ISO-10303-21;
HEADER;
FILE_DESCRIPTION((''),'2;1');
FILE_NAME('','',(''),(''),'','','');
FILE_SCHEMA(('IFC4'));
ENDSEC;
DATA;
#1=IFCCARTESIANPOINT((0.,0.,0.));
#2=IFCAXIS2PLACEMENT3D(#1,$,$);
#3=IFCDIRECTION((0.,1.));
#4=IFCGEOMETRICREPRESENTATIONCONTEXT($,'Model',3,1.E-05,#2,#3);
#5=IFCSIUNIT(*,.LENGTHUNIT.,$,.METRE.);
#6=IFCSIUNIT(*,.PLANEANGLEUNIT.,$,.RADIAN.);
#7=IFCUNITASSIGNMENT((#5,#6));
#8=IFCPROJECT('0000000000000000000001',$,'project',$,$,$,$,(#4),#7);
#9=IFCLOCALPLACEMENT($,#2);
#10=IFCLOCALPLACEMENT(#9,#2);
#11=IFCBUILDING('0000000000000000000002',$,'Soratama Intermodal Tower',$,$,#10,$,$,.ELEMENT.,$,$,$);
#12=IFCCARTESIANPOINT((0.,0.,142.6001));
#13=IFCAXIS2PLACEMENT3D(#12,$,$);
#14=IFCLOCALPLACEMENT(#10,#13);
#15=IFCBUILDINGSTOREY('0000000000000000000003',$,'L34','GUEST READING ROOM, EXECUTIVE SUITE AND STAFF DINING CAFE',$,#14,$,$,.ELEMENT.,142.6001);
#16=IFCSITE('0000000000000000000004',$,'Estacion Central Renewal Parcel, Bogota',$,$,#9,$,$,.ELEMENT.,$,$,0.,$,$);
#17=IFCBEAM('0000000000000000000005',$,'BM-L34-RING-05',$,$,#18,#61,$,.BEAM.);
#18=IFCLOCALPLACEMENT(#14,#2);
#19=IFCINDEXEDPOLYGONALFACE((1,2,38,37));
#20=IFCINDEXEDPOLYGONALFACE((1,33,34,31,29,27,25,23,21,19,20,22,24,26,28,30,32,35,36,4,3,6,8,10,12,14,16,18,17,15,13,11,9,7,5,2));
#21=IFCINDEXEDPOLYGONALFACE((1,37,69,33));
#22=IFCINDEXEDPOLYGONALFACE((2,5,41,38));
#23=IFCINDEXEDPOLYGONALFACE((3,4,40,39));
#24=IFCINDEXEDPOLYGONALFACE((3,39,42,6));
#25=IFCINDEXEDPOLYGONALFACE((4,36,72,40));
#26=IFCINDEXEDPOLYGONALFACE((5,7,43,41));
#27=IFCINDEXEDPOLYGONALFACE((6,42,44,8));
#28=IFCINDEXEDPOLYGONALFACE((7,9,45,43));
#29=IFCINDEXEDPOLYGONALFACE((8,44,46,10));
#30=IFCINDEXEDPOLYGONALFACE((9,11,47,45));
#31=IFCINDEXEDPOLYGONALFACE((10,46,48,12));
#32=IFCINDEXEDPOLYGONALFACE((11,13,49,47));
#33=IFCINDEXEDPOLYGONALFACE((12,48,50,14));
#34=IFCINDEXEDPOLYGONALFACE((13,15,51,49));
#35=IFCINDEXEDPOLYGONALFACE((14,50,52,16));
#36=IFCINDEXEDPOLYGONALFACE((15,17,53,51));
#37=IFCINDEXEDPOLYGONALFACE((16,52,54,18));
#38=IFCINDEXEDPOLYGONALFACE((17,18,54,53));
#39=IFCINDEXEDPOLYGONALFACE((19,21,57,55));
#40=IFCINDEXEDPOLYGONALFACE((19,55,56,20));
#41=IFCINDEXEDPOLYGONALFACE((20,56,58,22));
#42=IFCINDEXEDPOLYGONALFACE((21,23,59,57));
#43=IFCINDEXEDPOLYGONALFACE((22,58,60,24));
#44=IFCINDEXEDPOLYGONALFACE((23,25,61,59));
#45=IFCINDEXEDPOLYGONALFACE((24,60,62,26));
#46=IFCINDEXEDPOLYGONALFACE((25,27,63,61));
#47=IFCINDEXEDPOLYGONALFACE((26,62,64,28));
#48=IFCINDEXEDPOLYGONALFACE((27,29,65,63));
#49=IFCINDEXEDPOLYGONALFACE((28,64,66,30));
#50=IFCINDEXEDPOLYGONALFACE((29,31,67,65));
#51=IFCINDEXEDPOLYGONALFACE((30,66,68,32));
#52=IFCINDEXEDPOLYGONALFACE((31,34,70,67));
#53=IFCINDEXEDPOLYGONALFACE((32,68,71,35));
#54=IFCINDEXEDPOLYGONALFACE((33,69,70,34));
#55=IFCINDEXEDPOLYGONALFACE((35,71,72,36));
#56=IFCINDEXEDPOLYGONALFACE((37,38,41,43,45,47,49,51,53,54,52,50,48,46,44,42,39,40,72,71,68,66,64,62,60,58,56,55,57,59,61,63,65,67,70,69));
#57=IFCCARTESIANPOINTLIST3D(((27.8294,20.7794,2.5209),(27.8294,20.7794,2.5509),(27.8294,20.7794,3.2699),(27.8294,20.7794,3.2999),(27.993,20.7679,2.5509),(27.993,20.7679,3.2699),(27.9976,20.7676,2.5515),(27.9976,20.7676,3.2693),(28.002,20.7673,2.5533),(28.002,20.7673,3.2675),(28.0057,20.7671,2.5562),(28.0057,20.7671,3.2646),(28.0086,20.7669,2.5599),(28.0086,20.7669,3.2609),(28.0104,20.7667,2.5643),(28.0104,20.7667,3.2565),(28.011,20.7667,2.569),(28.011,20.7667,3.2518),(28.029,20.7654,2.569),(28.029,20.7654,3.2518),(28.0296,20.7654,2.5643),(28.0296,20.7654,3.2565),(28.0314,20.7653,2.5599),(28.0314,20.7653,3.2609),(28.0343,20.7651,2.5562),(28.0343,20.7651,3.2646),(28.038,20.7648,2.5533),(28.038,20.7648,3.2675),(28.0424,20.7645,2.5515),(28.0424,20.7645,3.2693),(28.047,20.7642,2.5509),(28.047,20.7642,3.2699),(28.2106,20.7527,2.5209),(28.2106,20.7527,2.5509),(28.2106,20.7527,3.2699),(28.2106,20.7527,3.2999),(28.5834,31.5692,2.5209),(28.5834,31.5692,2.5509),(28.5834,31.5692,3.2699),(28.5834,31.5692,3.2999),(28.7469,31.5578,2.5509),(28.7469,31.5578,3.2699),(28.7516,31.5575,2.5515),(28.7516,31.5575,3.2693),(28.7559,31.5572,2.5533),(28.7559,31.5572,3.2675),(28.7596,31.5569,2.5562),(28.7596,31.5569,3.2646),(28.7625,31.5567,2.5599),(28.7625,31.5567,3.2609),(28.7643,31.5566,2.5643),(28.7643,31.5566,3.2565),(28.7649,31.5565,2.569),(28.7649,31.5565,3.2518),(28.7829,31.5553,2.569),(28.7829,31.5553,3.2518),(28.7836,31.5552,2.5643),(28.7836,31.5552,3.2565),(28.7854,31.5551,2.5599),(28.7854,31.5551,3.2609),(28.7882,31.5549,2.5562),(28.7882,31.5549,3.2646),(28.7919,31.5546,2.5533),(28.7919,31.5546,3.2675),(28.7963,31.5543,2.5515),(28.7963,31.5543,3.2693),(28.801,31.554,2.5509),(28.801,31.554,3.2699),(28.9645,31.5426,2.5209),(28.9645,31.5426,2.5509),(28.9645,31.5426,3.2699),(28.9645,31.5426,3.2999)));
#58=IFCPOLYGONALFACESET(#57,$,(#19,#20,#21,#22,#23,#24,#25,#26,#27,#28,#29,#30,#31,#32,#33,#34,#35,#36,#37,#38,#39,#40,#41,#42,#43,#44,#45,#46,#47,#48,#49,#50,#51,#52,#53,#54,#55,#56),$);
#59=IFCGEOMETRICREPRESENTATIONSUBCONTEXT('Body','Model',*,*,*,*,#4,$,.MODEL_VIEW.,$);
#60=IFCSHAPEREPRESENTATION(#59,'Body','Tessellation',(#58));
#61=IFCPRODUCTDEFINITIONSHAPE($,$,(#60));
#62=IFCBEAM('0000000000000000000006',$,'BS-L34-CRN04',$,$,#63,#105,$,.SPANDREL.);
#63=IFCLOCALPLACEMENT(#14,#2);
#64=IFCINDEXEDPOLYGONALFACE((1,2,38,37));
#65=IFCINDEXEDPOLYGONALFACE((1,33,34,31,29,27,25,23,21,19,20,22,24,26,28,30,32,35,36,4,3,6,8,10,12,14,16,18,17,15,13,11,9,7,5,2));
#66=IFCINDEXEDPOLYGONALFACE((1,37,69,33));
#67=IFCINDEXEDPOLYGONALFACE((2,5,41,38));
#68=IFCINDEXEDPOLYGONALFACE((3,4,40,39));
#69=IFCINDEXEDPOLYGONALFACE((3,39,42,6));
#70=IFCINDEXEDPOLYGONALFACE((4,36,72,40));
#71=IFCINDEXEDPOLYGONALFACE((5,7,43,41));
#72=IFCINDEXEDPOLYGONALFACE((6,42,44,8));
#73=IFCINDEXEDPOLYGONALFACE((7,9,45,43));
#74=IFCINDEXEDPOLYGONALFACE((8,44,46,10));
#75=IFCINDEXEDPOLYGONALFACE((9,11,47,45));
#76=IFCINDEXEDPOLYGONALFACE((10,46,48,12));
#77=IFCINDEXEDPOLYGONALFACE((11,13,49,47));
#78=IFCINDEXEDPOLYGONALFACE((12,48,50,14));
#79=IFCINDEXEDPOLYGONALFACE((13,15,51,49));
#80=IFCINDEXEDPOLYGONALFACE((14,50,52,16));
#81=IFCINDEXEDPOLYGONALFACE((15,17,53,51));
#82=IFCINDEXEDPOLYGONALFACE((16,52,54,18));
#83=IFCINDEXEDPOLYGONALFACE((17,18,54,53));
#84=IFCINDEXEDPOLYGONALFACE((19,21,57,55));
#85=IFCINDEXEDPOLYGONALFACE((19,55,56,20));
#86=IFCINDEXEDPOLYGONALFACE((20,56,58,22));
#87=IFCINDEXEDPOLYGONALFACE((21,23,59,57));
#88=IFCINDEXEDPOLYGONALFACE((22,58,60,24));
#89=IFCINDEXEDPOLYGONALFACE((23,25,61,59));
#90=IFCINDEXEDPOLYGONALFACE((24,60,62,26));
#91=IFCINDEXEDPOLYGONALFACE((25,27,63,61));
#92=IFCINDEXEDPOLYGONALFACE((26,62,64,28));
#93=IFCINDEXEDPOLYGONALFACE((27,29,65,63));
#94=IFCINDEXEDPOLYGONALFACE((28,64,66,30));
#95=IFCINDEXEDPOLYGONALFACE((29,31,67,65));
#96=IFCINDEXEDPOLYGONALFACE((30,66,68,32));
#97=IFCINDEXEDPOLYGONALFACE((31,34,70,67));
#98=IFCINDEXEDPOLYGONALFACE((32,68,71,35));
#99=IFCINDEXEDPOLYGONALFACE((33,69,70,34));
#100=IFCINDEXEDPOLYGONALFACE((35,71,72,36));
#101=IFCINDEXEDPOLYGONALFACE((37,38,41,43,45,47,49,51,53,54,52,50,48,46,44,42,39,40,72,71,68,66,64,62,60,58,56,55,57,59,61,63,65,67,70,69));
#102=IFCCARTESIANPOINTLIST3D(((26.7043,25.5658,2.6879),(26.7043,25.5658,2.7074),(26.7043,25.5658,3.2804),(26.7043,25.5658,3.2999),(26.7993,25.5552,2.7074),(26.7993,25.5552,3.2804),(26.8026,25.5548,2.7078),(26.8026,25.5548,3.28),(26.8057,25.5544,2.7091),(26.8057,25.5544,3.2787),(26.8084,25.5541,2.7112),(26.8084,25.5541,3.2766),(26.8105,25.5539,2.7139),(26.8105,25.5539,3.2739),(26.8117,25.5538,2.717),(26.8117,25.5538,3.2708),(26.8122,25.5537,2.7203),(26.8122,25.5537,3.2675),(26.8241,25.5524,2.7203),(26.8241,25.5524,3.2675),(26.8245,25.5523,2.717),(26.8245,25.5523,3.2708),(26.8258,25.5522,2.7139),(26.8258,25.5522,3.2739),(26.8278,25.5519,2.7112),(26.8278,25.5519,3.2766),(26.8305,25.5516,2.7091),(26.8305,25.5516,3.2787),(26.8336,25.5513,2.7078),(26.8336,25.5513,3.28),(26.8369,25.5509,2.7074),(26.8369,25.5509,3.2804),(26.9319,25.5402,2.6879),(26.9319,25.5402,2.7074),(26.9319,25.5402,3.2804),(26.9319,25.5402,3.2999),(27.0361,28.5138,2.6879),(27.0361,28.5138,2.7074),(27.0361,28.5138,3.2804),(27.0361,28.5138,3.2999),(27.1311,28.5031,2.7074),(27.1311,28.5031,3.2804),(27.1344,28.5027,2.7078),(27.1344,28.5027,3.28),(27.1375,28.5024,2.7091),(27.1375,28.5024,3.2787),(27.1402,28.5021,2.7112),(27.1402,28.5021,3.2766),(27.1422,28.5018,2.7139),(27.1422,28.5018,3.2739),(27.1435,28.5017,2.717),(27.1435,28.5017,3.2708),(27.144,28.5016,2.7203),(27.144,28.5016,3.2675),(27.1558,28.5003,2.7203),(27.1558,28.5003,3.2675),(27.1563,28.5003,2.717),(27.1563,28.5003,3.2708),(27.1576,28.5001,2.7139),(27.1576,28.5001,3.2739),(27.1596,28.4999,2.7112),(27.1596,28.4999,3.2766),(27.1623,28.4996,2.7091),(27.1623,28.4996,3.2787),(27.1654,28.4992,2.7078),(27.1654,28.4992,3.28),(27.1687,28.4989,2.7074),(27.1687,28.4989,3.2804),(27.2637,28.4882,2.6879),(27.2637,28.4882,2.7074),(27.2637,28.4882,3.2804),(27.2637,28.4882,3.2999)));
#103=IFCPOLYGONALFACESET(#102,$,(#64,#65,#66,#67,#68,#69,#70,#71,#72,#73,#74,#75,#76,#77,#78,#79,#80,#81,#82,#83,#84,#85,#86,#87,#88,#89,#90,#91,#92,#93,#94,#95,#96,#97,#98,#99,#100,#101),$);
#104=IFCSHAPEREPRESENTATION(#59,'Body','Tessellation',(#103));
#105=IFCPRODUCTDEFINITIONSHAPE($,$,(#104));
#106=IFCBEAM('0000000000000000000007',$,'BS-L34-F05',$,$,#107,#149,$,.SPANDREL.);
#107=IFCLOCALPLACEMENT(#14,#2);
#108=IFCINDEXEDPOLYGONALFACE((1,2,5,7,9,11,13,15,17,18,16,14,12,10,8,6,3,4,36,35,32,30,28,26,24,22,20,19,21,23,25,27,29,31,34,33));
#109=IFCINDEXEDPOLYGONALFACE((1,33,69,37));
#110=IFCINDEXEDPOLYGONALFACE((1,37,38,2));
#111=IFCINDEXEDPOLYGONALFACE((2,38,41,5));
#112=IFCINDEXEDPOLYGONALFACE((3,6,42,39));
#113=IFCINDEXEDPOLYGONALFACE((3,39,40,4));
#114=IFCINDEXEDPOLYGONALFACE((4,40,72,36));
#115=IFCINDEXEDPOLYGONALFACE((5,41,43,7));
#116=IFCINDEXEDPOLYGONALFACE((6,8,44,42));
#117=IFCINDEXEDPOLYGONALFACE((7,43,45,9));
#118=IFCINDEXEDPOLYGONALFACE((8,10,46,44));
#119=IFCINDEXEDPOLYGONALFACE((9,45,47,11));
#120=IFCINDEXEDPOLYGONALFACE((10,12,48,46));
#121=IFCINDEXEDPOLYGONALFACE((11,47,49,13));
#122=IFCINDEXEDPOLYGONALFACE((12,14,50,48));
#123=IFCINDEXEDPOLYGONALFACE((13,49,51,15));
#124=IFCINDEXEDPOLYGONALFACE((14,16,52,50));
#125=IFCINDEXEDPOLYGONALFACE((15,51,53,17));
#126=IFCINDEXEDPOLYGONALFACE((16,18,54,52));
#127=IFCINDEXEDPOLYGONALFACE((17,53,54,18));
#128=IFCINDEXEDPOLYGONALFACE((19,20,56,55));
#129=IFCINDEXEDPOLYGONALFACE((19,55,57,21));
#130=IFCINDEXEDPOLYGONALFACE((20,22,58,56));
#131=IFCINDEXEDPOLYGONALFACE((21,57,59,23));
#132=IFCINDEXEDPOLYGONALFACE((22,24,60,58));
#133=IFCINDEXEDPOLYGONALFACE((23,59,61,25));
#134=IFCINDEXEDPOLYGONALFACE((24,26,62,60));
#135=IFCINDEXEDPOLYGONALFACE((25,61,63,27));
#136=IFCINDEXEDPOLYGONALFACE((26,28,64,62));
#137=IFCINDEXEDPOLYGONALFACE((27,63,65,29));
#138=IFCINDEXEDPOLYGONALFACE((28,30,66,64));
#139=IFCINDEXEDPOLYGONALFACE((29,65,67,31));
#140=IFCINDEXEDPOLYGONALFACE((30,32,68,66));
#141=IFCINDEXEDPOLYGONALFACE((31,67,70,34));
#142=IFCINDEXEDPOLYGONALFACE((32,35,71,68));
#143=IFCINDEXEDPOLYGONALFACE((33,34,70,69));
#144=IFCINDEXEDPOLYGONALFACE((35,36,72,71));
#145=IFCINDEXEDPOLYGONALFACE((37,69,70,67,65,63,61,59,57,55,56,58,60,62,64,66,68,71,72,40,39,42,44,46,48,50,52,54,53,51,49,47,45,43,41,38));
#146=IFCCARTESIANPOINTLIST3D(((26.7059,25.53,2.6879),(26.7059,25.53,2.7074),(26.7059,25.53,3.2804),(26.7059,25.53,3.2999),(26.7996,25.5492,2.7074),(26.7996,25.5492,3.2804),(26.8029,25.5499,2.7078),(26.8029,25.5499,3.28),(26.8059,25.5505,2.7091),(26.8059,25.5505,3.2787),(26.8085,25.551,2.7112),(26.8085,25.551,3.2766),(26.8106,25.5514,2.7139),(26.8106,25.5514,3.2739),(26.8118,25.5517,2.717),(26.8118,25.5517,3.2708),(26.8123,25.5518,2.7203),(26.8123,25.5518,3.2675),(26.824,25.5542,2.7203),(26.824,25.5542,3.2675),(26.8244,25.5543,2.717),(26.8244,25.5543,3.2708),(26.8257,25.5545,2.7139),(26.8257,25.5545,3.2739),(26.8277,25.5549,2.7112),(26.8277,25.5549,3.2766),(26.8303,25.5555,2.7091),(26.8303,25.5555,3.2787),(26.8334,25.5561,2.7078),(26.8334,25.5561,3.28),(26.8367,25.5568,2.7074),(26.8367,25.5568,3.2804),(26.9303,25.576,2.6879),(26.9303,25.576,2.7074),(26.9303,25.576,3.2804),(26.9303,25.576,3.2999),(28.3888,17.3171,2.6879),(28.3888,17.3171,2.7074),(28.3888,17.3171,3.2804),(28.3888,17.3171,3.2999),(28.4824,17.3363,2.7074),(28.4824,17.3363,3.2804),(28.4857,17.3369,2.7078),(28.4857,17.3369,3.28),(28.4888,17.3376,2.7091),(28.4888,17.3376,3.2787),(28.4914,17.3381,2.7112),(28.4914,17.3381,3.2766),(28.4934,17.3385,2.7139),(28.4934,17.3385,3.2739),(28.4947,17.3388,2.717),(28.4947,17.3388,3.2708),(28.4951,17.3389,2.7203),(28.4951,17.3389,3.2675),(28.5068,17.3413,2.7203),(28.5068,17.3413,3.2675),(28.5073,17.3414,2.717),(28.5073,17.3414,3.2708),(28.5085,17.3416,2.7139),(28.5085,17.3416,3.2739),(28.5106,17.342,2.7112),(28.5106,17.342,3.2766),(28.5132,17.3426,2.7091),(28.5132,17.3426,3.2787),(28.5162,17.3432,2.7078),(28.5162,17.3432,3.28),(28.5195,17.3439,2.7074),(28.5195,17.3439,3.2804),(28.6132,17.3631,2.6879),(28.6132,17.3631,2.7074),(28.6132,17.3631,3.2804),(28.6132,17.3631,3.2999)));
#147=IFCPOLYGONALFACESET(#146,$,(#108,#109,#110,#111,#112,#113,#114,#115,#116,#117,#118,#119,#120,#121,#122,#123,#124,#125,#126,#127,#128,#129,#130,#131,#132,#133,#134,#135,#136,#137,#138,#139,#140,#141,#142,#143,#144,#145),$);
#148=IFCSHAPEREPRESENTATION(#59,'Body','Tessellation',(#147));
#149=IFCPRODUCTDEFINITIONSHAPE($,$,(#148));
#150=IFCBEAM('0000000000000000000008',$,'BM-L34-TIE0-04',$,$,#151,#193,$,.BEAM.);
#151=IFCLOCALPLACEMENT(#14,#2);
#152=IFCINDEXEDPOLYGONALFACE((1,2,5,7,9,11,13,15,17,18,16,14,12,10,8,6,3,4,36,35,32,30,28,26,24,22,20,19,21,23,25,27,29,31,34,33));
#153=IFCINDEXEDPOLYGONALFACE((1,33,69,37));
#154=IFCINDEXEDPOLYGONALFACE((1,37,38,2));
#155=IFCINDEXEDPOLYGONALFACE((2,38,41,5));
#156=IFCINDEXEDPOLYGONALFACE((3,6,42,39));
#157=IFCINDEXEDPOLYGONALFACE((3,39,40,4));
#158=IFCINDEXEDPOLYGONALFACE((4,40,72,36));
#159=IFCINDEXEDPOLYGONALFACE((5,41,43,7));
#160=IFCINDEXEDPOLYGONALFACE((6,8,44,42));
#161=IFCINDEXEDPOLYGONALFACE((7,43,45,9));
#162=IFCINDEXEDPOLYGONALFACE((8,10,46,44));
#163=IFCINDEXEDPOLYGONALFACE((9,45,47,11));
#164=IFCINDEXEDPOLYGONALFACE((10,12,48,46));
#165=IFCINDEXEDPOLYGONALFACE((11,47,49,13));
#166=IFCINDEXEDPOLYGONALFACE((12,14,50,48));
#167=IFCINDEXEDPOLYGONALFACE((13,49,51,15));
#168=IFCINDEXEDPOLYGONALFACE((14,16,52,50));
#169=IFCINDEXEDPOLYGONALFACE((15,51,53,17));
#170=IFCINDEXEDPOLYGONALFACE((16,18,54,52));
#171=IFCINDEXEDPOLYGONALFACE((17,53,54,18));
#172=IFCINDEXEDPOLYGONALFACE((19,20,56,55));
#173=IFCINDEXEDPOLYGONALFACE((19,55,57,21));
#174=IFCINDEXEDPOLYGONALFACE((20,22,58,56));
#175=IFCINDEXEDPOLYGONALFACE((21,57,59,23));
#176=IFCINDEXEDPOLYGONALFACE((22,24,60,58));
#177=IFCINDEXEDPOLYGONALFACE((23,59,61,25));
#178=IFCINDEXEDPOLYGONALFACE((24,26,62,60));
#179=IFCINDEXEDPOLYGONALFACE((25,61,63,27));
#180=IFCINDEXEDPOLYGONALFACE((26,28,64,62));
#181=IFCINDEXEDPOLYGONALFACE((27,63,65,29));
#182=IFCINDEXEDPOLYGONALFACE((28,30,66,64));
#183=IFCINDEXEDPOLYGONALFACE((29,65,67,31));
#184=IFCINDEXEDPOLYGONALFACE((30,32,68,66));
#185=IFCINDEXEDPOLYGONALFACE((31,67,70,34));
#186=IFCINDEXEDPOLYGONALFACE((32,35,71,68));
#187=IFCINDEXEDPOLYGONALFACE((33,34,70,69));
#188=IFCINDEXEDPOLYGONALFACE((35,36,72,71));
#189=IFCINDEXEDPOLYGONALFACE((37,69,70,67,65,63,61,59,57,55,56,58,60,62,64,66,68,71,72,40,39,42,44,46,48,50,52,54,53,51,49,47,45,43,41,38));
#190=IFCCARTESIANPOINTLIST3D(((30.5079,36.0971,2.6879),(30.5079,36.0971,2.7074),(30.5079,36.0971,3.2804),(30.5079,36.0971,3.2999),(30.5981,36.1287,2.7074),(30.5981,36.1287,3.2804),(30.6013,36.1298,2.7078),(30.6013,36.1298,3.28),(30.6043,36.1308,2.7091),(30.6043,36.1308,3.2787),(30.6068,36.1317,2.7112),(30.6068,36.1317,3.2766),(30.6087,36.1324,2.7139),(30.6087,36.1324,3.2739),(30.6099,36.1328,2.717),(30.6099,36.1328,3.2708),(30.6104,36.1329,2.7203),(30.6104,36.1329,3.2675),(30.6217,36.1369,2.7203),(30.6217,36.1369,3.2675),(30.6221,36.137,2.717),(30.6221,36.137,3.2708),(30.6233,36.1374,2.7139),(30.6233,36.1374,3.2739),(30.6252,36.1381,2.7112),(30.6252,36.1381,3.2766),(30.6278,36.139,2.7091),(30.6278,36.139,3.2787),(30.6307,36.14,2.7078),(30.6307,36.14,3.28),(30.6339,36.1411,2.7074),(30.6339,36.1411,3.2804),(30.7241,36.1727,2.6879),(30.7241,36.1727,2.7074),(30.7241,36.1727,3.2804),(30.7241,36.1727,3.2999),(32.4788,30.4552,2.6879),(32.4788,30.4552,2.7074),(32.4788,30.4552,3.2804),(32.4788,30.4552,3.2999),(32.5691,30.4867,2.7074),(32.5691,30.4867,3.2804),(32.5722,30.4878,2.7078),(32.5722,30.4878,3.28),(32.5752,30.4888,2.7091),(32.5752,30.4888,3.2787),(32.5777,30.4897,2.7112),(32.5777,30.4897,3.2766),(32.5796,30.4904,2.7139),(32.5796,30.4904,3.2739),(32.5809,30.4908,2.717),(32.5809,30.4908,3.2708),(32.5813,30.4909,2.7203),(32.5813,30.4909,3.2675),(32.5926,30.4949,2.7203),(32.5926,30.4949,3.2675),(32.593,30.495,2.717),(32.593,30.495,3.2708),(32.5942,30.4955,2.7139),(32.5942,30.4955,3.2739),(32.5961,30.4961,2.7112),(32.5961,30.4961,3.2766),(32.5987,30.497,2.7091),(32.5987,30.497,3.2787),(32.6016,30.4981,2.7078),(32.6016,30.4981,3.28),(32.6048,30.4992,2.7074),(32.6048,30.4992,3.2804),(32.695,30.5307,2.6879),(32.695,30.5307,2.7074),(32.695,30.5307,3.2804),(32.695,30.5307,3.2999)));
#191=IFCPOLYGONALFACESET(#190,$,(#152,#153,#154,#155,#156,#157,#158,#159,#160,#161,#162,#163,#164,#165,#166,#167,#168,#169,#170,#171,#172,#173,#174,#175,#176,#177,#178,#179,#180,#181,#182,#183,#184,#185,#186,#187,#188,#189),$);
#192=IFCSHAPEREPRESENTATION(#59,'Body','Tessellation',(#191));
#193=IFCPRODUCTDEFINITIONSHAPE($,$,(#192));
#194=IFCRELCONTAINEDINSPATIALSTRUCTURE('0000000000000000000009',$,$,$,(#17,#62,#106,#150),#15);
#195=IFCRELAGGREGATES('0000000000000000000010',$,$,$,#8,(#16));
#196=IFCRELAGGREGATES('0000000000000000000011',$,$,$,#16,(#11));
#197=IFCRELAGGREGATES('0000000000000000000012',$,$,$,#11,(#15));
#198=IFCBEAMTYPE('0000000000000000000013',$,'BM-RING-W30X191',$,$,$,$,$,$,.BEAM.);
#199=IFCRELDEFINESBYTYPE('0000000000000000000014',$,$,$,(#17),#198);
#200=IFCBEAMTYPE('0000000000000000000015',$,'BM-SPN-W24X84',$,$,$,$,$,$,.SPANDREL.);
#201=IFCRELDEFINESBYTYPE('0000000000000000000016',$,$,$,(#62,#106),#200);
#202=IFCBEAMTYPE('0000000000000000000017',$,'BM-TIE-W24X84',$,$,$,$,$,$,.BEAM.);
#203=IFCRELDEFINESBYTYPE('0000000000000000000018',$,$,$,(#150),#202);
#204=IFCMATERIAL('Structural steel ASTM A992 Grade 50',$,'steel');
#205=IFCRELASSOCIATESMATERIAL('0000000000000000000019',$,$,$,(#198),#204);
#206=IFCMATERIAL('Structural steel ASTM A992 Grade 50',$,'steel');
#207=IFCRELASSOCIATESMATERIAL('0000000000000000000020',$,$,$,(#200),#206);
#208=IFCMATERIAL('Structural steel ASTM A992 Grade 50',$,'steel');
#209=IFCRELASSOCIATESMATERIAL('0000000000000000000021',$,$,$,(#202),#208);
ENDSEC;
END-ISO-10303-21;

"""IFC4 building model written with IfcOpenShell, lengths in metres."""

from ifc_helpers import new_model, si_unit, direction, frame, origin, origin_2d, place, context, subcontext, project, spatial, i_section, extrude, material, material_profile, profile_set, type_object, element, save


model = new_model("IFC4")

# Units and contexts
model_context = context("Model", 3, precision=1e-05, world=origin(), true_north=direction((0.0, 1.0)))
body_context = subcontext(model_context, "Body", "Model", "MODEL_VIEW")
ifc_project = project(units=[si_unit("LENGTHUNIT", "METRE"), si_unit("PLANEANGLEUNIT", "RADIAN")], contexts=[model_context])

# Site, building, storey
site_placement = place(None, origin())
site = spatial("IfcSite", under=ifc_project, at=site_placement, Name="Estacion Central Renewal Parcel, Bogota", CompositionType="ELEMENT", RefElevation=0.0)
building_placement = place(site_placement, origin())
building = spatial("IfcBuilding", under=site, at=building_placement, Name="Soratama Intermodal Tower", CompositionType="ELEMENT")
storey_placement = place(building_placement, frame((0.0, 0.0, 142.6001)))
storey = spatial("IfcBuildingStorey", under=building, at=storey_placement, Name="L34", Description="GUEST READING ROOM, EXECUTIVE SUITE AND STAFF DINING CAFE", CompositionType="ELEMENT", Elevation=142.6001)

# Beams
ifc_material_1 = material(Name="Structural steel ASTM A992 Grade 50", Category="steel")
ifc_material_profile_1 = material_profile(ifc_material_1, i_section(OverallWidth=0.3821, OverallDepth=0.7791, WebThickness=0.0181, FlangeThickness=0.03, FilletRadius=0.0181, at=origin_2d()), Name="W30X191")
ifc_profile_set_1 = profile_set([ifc_material_profile_1], Name="Structural steel ASTM A992 Grade 50")
beam_type_1 = type_object("IfcBeamType", Name="BM-RING-W30X191", PredefinedType="BEAM", material=ifc_profile_set_1)
beam_1_placement = place(storey_placement, frame((28.7739, 31.5559, 2.9104), z_axis=(-0.069702, -0.997568, 0.0), x_axis=(0.997568, -0.069702, 0.0)))
element("IfcBeam", 1, at=beam_1_placement, inside=storey, type_object=beam_type_1, Name="BM-L34-RING-05", PredefinedType="BEAM", context=body_context, shape_type="SweptSolid", body=[
    extrude(i_section(OverallWidth=0.3821, OverallDepth=0.7791, WebThickness=0.0181, FlangeThickness=0.03, FilletRadius=0.0181, at=origin_2d()), origin(), (0.0, 0.0, 1.0), 10.8162),
])
ifc_material_2 = material(Name="Structural steel ASTM A992 Grade 50", Category="steel")
ifc_material_profile_2 = material_profile(ifc_material_2, i_section(OverallWidth=0.229, OverallDepth=0.6121, WebThickness=0.012, FlangeThickness=0.0195, FilletRadius=0.0129, at=origin_2d()), Name="W24X84")
ifc_profile_set_2 = profile_set([ifc_material_profile_2], Name="Structural steel ASTM A992 Grade 50")
beam_type_2 = type_object("IfcBeamType", Name="BM-SPN-W24X84", PredefinedType="SPANDREL", material=ifc_profile_set_2)
beam_2_placement = place(storey_placement, frame((27.1499, 28.501, 2.9939), z_axis=(-0.11184, -0.993726, 0.0), x_axis=(0.993726, -0.11184, 0.0)))
element("IfcBeam", 2, at=beam_2_placement, inside=storey, type_object=beam_type_2, Name="BS-L34-CRN04", PredefinedType="SPANDREL", context=body_context, shape_type="SweptSolid", body=[
    extrude(i_section(OverallWidth=0.229, OverallDepth=0.6121, WebThickness=0.012, FlangeThickness=0.0195, FilletRadius=0.0129, at=origin_2d()), origin(), (0.0, 0.0, 1.0), 2.9666),
])
beam_3_placement = place(storey_placement, frame((26.8181, 25.553, 2.9939), z_axis=(0.200734, -0.979646, 0.0), x_axis=(0.979646, 0.200734, 0.0)))
element("IfcBeam", 3, at=beam_3_placement, inside=storey, type_object=beam_type_2, Name="BS-L34-F05", PredefinedType="SPANDREL", context=body_context, shape_type="SweptSolid", body=[
    extrude(i_section(OverallWidth=0.229, OverallDepth=0.6121, WebThickness=0.012, FlangeThickness=0.0195, FilletRadius=0.0129, at=origin_2d()), origin(), (0.0, 0.0, 1.0), 8.3835),
])
ifc_material_3 = material(Name="Structural steel ASTM A992 Grade 50", Category="steel")
ifc_material_profile_3 = material_profile(ifc_material_3, i_section(OverallWidth=0.229, OverallDepth=0.6121, WebThickness=0.012, FlangeThickness=0.0195, FilletRadius=0.0129, at=origin_2d()), Name="W24X84")
ifc_profile_set_3 = profile_set([ifc_material_profile_3], Name="Structural steel ASTM A992 Grade 50")
beam_type_3 = type_object("IfcBeamType", Name="BM-TIE-W24X84", PredefinedType="BEAM", material=ifc_profile_set_3)
beam_4_placement = place(storey_placement, frame((32.5869, 30.4929, 2.9939), z_axis=(-0.329786, 0.944056, 0.0), x_axis=(-0.944056, -0.329786, 0.0)))
element("IfcBeam", 4, at=beam_4_placement, inside=storey, type_object=beam_type_3, Name="BM-L34-TIE0-04", PredefinedType="BEAM", context=body_context, shape_type="SweptSolid", body=[
    extrude(i_section(OverallWidth=0.229, OverallDepth=0.6121, WebThickness=0.012, FlangeThickness=0.0195, FilletRadius=0.0129, at=origin_2d()), origin(), (0.0, 0.0, 1.0), 5.9763),
])

save(model, "model.ifc")
